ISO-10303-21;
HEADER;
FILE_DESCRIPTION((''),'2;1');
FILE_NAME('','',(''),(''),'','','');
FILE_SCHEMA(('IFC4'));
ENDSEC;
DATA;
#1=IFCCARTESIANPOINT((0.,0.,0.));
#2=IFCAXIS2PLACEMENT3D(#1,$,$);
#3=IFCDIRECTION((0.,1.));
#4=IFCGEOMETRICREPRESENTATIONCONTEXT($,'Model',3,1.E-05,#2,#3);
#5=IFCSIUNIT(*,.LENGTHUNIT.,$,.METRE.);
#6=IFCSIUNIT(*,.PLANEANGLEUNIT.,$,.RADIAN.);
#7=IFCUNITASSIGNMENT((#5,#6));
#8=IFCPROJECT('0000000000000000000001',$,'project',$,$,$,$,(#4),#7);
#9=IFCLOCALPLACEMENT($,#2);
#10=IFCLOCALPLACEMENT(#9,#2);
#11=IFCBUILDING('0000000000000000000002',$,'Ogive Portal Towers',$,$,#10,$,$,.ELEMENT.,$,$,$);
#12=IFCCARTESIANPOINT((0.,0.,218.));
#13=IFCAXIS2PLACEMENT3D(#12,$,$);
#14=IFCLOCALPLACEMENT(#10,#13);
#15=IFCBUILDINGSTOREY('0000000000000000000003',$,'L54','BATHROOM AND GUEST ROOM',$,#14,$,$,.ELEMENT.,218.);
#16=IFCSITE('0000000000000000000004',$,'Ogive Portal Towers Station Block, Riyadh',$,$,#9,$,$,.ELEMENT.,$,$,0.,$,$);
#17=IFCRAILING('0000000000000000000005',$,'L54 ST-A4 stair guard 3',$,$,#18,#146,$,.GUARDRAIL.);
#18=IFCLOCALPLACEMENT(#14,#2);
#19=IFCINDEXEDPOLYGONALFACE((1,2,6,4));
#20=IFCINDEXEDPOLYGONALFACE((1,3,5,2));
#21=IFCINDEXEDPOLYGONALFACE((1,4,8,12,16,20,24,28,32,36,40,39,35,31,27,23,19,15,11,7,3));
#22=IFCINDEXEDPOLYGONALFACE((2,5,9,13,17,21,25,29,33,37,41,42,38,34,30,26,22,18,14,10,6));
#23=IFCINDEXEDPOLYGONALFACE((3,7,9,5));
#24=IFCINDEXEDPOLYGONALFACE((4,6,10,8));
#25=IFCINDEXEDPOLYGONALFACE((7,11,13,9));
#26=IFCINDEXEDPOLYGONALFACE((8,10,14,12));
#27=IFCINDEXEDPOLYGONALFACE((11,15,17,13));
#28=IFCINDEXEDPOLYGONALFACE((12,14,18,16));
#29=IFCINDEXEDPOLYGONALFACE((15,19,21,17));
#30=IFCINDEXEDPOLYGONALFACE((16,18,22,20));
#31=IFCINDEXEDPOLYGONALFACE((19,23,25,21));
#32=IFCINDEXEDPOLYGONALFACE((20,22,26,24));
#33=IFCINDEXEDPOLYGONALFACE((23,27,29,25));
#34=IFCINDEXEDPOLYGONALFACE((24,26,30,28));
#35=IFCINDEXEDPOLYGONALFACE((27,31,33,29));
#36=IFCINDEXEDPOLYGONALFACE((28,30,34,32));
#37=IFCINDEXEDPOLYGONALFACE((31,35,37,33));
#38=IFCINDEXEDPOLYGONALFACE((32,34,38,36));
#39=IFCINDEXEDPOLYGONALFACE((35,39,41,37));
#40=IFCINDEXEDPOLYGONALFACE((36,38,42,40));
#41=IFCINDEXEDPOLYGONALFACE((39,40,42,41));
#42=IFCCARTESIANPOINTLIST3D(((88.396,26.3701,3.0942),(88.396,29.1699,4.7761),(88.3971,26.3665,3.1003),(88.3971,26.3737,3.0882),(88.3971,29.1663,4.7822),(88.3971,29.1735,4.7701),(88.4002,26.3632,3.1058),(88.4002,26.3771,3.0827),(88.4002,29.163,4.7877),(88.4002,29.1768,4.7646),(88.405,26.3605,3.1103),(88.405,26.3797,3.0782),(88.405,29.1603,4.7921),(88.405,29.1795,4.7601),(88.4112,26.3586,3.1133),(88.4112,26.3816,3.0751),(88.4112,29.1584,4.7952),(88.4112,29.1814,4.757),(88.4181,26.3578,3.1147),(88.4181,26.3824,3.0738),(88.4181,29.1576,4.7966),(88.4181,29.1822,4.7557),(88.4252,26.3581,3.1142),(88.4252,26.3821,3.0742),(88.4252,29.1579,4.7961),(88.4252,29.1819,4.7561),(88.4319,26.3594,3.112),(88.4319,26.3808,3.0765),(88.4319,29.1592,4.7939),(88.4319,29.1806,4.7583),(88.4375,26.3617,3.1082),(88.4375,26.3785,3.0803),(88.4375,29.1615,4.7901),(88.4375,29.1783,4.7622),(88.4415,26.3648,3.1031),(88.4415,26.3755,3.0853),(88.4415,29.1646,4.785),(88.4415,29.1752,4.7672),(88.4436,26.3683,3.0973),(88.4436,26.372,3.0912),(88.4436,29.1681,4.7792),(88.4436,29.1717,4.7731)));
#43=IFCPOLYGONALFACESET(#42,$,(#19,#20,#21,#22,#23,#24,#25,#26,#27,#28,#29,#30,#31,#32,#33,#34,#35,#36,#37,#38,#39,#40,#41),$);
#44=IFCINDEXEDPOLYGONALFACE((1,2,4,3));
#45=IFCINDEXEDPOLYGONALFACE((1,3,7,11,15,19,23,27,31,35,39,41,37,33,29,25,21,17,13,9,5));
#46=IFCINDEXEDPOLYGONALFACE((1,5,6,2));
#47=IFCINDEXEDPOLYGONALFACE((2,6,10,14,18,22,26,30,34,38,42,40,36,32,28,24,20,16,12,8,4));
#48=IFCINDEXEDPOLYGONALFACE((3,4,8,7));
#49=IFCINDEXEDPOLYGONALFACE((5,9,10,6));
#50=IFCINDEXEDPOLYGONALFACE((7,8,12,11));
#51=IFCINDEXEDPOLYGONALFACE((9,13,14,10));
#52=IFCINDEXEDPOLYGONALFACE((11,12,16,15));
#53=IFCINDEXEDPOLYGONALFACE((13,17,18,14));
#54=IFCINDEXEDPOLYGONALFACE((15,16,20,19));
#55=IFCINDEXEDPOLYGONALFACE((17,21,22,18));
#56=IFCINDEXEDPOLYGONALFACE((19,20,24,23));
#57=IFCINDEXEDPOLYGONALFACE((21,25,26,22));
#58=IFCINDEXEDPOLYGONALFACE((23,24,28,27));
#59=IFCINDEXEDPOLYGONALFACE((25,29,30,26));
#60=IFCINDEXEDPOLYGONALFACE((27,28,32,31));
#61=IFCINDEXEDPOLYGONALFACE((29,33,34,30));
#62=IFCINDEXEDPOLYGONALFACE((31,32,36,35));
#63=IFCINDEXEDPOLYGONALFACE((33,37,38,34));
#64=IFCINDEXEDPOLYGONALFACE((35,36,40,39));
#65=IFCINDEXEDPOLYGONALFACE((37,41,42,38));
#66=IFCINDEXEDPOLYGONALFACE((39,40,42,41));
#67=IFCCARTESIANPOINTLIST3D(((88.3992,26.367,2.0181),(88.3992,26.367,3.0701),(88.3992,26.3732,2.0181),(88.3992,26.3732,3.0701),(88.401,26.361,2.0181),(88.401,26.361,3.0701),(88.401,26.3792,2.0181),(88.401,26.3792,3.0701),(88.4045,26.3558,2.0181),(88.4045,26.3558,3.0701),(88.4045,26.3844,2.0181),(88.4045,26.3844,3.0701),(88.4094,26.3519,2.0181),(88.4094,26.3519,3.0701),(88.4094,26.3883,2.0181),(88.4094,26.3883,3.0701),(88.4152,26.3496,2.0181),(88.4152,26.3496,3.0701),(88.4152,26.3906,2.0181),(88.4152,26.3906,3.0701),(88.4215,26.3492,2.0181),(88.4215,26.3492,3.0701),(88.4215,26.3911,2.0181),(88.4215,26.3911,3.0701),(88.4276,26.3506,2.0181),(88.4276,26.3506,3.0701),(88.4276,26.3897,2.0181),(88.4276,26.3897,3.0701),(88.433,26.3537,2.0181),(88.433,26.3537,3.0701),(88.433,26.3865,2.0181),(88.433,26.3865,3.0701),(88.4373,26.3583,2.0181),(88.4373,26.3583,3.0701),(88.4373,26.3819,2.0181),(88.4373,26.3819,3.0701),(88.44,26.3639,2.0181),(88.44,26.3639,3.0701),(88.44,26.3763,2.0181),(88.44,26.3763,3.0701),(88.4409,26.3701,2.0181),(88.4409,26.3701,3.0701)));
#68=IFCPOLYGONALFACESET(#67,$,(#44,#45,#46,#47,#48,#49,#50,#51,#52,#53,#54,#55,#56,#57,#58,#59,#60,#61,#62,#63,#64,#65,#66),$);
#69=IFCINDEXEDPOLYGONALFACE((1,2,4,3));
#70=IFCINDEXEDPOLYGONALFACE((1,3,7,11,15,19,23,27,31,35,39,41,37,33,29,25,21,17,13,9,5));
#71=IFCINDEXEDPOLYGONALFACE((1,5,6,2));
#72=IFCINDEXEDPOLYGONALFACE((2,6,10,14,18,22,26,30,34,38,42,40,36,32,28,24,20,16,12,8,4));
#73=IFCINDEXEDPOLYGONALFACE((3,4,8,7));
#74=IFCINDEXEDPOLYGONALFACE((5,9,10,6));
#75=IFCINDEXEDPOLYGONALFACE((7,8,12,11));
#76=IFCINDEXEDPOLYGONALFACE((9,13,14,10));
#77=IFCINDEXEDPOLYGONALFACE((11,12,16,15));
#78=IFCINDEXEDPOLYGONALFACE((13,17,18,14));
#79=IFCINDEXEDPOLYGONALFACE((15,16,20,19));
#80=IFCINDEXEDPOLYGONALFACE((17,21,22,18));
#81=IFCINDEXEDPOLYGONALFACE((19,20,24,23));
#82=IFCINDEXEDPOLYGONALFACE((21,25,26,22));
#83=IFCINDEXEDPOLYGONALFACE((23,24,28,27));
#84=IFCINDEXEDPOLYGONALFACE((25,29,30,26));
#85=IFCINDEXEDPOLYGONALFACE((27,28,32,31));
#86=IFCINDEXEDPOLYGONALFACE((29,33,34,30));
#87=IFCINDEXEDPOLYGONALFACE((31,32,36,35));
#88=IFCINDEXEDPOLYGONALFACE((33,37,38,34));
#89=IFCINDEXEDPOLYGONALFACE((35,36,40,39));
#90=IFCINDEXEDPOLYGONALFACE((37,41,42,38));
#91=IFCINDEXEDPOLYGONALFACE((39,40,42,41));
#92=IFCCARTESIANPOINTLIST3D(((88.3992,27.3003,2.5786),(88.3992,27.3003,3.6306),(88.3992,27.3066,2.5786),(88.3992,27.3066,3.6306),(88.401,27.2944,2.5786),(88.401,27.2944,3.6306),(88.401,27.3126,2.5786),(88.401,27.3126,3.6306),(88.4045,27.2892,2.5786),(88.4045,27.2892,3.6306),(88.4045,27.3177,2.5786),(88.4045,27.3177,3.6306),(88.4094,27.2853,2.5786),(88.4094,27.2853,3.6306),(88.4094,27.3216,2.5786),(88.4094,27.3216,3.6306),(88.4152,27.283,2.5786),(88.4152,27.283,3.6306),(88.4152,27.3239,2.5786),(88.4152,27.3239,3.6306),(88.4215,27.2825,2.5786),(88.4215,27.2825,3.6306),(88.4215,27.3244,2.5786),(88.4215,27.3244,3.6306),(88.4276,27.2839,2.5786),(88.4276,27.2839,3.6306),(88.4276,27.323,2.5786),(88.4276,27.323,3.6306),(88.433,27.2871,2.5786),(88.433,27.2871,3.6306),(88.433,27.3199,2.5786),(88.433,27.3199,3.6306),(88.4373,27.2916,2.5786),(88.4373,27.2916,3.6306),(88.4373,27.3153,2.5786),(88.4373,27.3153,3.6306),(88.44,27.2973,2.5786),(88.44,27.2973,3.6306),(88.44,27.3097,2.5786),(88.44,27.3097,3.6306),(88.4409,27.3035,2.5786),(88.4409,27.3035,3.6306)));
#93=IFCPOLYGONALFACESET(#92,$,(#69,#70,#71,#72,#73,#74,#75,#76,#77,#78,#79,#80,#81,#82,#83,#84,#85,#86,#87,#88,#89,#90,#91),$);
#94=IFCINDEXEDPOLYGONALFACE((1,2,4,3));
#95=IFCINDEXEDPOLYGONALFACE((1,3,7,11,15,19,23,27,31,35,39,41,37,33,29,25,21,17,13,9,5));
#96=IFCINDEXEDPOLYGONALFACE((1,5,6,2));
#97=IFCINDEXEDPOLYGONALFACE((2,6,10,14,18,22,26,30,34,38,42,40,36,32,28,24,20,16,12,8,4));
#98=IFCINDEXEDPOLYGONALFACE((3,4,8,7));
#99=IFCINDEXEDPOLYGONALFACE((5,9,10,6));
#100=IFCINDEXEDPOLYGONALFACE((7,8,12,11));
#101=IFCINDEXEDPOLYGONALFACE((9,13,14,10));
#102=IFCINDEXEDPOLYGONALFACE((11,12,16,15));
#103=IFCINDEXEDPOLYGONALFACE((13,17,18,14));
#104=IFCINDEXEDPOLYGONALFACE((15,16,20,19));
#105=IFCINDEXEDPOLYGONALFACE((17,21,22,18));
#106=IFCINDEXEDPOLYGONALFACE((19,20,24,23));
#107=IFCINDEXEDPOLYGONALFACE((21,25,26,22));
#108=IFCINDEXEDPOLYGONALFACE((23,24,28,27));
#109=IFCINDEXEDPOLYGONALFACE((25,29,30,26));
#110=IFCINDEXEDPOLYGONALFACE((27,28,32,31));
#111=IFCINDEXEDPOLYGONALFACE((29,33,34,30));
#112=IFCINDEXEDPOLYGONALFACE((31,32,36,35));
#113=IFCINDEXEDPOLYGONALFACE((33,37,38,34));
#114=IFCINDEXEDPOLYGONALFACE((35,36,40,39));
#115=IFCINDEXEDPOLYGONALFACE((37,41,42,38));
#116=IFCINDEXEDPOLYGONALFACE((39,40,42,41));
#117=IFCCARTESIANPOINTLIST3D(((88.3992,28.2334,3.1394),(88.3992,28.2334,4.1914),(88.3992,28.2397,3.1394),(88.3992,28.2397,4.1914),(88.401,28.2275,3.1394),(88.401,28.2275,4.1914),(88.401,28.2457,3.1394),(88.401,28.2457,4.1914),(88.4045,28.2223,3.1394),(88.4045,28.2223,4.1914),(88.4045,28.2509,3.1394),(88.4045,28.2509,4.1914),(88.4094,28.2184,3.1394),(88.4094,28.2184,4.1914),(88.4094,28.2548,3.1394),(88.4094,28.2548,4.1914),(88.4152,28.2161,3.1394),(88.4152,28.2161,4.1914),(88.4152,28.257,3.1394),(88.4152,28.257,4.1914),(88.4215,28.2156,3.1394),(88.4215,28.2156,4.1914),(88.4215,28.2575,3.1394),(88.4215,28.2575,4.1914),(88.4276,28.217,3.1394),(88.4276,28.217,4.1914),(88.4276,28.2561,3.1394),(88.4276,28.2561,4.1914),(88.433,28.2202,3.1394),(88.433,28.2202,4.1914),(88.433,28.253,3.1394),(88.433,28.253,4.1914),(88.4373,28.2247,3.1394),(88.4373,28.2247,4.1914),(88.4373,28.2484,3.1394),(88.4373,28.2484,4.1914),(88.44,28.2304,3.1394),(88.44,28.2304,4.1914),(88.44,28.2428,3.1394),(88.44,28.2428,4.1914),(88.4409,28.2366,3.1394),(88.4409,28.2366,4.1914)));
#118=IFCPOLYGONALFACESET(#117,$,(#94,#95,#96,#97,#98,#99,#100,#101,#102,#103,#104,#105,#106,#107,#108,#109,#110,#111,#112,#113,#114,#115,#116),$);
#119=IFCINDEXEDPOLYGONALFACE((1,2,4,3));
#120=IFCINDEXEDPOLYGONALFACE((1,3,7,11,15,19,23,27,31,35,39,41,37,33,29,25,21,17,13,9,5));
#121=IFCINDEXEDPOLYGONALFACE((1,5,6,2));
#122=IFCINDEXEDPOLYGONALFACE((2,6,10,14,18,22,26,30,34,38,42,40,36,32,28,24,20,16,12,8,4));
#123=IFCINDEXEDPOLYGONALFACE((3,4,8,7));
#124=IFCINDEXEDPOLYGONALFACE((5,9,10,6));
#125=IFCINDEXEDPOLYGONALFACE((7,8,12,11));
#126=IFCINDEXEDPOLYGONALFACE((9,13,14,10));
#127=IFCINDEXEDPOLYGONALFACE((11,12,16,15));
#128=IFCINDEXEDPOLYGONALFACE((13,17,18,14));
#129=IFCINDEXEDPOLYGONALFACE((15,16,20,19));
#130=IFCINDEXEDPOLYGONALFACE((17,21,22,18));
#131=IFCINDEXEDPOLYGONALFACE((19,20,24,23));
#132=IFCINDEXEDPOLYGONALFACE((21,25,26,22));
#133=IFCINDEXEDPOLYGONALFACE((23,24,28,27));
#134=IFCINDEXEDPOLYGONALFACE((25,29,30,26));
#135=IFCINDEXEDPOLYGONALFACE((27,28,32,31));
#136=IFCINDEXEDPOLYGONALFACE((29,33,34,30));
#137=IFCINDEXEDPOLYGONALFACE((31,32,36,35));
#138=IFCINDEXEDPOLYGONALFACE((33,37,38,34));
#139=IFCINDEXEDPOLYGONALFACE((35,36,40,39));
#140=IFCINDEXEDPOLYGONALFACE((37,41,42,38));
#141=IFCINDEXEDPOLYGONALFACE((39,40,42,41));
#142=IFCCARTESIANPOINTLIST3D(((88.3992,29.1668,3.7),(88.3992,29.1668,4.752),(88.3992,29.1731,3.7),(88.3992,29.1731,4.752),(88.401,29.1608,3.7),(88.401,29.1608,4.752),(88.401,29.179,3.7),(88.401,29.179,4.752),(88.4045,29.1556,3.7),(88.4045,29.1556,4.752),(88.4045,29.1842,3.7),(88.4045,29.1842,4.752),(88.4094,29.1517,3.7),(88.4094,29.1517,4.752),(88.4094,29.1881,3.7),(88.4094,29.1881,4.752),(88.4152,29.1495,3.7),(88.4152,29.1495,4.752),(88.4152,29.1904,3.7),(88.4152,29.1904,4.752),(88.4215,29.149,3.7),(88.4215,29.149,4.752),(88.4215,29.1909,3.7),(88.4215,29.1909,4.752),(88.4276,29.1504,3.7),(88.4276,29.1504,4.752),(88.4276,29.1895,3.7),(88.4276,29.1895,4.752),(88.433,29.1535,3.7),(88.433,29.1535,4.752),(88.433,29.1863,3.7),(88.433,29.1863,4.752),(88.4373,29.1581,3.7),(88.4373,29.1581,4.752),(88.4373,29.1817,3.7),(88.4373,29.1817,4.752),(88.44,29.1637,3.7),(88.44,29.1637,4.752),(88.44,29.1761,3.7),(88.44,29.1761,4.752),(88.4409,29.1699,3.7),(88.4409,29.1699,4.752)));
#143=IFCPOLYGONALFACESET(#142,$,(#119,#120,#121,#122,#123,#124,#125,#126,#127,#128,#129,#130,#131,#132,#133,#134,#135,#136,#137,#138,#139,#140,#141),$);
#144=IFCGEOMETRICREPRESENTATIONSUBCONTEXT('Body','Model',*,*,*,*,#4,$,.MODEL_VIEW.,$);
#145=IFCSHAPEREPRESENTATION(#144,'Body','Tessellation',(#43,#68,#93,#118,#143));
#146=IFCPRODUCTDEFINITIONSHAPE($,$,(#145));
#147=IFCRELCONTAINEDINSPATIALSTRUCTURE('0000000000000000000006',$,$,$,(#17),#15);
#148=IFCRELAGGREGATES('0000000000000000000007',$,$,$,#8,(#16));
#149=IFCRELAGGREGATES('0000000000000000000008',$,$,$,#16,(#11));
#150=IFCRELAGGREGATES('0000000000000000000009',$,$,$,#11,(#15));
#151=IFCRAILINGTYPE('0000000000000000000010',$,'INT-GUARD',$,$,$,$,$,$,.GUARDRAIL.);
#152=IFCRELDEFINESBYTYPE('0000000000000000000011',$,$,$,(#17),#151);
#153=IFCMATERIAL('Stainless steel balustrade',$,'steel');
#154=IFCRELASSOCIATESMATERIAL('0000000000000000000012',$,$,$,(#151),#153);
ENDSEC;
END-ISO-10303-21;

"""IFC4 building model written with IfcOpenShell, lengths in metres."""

from ifc_helpers import new_model, si_unit, direction, frame, origin, origin_2d, place, context, subcontext, project, spatial, circle, extrude, material, type_object, element, save


model = new_model("IFC4")

# Units and contexts
model_context = context("Model", 3, precision=1e-05, world=origin(), true_north=direction((0.0, 1.0)))
body_context = subcontext(model_context, "Body", "Model", "MODEL_VIEW")
ifc_project = project(units=[si_unit("LENGTHUNIT", "METRE"), si_unit("PLANEANGLEUNIT", "RADIAN")], contexts=[model_context])

# Site, building, storey
site_placement = place(None, origin())
site = spatial("IfcSite", under=ifc_project, at=site_placement, Name="Ogive Portal Towers Station Block, Riyadh", CompositionType="ELEMENT", RefElevation=0.0)
building_placement = place(site_placement, origin())
building = spatial("IfcBuilding", under=site, at=building_placement, Name="Ogive Portal Towers", CompositionType="ELEMENT")
storey_placement = place(building_placement, frame((0.0, 0.0, 218.0)))
storey = spatial("IfcBuildingStorey", under=building, at=storey_placement, Name="L54", Description="BATHROOM AND GUEST ROOM", CompositionType="ELEMENT", Elevation=218.0)

# Railing
ifc_material_1 = material(Name="Stainless steel balustrade", Category="steel")
railing_type_1 = type_object("IfcRailingType", Name="INT-GUARD", PredefinedType="GUARDRAIL", material=ifc_material_1)
railing_1_placement = place(storey_placement, frame((88.4199, 26.3701, 2.0181)))
element("IfcRailing", 1, at=railing_1_placement, inside=storey, type_object=railing_type_1, Name="L54 ST-A4 stair guard 3", PredefinedType="GUARDRAIL", context=body_context, shape_type="SweptSolid", body=[
    extrude(circle(Radius=0.0239, at=origin_2d()), frame((0.0, 0.0, 1.0762), z_axis=(0.0, 0.857222, 0.514946), x_axis=(-1.0, 0.0, 0.0)), (0.0, 0.0, 1.0), 3.2661),
    extrude(circle(Radius=0.021, at=origin_2d()), origin(), (0.0, 0.0, 1.0), 1.052),
    extrude(circle(Radius=0.021, at=origin_2d()), frame((0.0, 0.9333, 0.5605)), (0.0, 0.0, 1.0), 1.052),
    extrude(circle(Radius=0.021, at=origin_2d()), frame((0.0, 1.8665, 1.1213)), (0.0, 0.0, 1.0), 1.052),
    extrude(circle(Radius=0.021, at=origin_2d()), frame((0.0, 2.7998, 1.6819)), (0.0, 0.0, 1.0), 1.052),
])

save(model, "model.ifc")
